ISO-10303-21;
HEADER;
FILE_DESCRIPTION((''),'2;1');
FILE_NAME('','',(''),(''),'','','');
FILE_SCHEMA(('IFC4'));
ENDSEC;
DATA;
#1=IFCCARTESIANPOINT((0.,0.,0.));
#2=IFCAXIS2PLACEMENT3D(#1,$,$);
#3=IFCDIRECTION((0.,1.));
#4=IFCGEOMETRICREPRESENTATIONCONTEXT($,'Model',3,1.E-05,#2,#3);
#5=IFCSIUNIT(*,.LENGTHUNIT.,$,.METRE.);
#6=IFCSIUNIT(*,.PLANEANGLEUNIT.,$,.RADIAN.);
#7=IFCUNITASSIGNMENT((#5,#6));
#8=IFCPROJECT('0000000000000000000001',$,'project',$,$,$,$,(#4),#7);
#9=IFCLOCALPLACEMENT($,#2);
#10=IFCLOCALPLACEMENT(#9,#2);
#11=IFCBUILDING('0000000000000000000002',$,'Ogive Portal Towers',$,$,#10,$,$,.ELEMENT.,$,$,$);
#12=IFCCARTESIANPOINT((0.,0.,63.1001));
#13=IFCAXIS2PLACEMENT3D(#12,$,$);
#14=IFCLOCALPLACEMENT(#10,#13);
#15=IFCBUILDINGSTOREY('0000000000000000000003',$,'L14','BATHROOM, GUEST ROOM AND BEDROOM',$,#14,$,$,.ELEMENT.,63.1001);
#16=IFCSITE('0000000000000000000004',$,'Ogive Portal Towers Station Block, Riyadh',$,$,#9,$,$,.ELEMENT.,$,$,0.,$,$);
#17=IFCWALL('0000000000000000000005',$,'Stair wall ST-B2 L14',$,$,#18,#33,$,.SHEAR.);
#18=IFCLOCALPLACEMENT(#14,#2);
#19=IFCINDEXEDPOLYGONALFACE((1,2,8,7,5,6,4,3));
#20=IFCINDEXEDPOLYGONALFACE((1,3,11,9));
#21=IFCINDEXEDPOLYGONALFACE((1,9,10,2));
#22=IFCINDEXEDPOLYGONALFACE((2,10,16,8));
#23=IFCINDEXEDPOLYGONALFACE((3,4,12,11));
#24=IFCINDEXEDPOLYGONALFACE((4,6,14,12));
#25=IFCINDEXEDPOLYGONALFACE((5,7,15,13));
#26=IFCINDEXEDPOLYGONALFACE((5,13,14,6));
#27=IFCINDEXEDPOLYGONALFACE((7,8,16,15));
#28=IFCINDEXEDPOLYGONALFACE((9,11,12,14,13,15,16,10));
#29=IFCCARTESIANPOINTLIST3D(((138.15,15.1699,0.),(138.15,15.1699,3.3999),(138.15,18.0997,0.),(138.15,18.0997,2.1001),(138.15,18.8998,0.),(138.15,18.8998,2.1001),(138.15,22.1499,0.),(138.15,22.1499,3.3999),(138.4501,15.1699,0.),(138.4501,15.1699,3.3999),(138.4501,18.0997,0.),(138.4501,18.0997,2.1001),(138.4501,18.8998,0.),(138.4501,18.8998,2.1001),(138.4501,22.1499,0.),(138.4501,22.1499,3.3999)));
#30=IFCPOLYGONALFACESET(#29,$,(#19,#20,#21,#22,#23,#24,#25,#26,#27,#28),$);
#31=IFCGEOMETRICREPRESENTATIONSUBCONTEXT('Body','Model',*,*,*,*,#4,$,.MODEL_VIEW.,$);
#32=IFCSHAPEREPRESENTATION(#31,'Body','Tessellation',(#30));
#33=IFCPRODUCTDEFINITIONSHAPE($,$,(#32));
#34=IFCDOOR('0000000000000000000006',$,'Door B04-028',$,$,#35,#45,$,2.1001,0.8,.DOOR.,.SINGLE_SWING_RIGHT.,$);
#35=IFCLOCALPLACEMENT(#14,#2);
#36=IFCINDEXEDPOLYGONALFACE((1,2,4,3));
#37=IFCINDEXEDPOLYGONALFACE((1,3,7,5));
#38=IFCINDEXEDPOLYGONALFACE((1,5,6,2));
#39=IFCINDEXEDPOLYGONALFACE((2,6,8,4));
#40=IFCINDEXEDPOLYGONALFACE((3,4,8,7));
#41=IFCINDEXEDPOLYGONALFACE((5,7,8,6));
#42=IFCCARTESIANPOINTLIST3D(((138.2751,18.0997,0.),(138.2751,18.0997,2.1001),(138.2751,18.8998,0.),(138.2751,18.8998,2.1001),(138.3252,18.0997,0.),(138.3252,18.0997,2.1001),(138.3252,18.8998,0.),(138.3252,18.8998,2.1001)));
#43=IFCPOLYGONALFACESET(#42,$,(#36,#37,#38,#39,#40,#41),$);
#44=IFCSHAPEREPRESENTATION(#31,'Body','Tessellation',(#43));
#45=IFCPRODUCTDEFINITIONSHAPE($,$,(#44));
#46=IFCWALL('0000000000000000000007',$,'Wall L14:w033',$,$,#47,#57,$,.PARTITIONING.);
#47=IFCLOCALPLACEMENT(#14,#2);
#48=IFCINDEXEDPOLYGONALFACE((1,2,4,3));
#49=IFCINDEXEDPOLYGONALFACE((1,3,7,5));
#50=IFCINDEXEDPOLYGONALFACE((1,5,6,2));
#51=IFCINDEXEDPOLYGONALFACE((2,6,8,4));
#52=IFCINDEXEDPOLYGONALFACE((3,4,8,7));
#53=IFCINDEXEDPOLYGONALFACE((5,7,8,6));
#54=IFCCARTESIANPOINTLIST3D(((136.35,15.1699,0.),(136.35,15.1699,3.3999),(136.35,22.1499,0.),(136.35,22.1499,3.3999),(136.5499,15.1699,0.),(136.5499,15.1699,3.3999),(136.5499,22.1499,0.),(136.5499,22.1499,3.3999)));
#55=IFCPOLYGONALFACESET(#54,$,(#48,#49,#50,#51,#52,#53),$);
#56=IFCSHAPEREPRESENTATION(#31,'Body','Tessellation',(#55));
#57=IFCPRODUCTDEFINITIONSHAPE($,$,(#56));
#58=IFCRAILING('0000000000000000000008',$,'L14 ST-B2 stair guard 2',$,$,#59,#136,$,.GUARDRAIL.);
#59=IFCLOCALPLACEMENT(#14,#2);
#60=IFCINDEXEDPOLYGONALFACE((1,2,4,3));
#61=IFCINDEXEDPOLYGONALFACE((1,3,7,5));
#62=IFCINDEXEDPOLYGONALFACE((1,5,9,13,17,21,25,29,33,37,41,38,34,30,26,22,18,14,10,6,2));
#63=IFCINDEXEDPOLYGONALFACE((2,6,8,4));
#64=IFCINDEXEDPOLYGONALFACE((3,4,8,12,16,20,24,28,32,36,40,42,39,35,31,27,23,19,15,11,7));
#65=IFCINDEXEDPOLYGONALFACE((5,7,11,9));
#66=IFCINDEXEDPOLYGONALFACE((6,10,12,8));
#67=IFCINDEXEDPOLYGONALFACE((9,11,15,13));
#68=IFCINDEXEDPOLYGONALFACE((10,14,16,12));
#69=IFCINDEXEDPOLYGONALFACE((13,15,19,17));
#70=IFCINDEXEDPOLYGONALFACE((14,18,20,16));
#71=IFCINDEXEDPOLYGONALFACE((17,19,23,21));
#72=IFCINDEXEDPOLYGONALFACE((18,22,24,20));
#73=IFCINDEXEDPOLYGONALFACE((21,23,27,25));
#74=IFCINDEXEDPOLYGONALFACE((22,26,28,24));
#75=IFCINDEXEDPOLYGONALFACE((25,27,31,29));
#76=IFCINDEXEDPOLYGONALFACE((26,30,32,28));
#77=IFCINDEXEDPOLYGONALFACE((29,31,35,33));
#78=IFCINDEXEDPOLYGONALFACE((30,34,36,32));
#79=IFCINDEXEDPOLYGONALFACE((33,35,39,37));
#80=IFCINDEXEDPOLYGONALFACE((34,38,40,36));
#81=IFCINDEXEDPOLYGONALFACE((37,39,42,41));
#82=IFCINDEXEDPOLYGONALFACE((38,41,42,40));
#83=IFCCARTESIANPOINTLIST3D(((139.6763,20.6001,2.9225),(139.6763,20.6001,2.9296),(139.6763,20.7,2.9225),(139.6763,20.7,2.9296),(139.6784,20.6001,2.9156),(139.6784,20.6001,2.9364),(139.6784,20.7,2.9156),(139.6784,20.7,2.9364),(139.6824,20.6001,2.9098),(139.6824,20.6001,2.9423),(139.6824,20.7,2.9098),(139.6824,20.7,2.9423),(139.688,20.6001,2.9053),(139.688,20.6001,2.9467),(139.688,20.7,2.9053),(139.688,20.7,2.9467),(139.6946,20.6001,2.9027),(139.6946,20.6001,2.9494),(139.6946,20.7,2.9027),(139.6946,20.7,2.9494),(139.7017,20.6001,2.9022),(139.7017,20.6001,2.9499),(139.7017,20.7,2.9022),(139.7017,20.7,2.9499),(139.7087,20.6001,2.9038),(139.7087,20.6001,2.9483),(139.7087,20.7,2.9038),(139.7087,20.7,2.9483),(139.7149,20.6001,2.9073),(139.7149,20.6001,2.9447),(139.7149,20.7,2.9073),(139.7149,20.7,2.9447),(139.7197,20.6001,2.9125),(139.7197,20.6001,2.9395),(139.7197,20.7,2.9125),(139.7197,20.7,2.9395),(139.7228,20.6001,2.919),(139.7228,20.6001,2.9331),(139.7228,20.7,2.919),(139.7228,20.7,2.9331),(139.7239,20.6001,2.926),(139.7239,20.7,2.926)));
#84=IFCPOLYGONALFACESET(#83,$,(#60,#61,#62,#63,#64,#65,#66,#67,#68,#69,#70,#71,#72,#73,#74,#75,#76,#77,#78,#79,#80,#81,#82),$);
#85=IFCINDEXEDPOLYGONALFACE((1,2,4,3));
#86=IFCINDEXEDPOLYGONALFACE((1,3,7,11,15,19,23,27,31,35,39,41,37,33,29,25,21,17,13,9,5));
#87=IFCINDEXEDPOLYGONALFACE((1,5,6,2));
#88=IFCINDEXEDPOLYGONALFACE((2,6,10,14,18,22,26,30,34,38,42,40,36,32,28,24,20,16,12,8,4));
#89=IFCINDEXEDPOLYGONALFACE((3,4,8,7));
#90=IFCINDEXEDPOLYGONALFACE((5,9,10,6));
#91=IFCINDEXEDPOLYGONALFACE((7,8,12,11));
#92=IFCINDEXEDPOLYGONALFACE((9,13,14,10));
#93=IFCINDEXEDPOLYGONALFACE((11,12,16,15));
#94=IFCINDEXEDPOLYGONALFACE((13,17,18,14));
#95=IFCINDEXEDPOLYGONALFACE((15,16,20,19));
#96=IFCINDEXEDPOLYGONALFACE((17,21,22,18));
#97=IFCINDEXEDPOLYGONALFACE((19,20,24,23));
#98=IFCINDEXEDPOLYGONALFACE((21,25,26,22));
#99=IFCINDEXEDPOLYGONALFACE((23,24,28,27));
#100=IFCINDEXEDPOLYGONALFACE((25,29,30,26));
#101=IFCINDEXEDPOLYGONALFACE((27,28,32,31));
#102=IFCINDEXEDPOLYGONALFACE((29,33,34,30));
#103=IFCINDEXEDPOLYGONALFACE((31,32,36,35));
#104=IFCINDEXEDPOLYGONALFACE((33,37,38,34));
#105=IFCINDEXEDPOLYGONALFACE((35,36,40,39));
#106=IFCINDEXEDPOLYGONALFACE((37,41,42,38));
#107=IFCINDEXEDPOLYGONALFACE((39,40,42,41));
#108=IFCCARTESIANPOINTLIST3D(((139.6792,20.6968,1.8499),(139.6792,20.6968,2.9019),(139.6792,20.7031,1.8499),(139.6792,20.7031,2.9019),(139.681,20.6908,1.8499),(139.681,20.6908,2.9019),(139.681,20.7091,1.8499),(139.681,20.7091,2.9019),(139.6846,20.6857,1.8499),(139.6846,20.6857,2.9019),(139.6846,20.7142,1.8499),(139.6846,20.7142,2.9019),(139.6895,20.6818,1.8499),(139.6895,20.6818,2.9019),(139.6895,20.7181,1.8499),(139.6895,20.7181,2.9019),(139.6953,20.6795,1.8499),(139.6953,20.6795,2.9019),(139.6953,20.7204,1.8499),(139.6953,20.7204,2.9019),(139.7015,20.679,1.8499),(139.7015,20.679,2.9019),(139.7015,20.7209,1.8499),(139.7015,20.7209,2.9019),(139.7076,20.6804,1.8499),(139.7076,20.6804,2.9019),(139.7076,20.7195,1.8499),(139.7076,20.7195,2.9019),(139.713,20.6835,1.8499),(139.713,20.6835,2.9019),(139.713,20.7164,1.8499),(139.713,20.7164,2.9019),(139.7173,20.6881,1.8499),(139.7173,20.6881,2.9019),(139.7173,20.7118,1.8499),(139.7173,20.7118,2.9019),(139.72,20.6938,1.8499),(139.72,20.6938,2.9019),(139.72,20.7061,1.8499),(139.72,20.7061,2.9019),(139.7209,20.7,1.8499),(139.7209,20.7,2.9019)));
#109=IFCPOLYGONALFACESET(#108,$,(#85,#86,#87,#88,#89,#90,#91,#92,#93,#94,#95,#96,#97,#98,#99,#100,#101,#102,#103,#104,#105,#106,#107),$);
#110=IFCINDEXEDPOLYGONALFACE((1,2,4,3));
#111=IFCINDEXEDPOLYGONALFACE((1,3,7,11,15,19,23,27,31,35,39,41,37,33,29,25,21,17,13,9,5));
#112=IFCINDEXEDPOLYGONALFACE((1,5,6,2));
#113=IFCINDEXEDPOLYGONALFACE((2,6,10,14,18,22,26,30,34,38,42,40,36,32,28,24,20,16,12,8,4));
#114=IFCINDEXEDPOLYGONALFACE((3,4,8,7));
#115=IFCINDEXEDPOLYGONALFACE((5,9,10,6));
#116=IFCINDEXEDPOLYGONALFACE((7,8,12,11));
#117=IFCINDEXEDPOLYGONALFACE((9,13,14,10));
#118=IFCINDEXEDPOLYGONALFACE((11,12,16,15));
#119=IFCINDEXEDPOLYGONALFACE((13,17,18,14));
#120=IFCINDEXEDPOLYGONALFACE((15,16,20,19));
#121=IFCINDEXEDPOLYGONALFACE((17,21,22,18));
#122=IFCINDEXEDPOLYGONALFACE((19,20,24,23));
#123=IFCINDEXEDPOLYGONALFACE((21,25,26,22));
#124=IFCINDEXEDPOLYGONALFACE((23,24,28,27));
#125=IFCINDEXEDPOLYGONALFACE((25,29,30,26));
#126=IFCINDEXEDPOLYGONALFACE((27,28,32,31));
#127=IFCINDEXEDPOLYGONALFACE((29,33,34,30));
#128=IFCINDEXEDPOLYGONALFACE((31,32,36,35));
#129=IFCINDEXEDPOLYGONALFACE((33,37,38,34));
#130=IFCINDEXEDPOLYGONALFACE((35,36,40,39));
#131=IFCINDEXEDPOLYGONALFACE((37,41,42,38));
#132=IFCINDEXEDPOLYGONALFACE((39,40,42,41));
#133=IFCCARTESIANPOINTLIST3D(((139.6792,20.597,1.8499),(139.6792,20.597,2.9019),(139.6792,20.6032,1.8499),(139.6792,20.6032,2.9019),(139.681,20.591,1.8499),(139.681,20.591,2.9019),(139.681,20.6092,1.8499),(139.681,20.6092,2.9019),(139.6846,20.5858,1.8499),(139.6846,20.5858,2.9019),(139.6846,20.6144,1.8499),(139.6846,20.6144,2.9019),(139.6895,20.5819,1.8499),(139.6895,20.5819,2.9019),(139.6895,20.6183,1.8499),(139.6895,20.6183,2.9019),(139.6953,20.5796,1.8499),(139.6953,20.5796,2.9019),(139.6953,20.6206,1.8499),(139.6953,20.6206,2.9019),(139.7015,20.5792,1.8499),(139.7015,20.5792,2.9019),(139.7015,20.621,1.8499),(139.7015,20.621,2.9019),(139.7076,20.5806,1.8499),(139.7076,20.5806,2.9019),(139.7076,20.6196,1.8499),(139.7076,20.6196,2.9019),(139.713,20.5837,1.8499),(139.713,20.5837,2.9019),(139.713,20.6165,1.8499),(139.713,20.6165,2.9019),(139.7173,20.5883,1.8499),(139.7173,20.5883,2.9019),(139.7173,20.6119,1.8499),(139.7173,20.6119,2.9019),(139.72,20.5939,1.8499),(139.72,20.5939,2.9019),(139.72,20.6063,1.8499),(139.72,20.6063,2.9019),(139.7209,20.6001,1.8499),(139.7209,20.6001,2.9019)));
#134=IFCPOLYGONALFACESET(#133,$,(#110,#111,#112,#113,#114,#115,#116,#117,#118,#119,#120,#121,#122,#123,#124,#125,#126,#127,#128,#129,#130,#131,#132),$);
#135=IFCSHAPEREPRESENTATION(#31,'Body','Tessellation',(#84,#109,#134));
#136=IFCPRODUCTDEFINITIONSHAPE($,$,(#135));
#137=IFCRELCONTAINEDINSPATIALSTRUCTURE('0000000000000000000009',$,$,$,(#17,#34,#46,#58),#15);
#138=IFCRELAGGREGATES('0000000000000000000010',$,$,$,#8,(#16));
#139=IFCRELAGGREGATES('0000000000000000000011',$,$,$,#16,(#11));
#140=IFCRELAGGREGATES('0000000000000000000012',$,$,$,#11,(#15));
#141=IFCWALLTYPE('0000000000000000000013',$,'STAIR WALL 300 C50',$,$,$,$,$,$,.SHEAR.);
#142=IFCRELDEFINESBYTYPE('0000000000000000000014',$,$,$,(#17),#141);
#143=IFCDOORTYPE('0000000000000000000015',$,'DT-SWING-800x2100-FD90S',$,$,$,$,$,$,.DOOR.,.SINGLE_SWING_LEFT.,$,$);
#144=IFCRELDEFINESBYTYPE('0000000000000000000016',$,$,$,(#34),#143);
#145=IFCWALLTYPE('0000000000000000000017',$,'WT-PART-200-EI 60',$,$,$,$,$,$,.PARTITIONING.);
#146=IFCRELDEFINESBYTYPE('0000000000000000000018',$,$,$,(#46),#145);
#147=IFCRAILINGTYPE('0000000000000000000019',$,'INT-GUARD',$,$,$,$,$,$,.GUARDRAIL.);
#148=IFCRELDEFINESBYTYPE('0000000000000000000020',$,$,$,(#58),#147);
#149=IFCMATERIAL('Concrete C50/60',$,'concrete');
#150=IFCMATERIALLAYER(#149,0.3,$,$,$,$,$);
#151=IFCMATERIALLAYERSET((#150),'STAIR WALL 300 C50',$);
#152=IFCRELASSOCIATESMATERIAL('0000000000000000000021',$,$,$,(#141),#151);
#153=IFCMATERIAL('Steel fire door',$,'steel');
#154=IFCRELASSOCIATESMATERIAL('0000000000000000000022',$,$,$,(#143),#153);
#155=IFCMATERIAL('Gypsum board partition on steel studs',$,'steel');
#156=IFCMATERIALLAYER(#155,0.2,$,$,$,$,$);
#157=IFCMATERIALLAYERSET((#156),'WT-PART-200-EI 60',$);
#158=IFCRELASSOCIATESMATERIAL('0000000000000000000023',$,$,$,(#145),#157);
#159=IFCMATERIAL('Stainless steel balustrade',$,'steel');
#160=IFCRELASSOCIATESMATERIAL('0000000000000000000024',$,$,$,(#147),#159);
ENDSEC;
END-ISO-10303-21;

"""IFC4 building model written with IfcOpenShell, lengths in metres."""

from ifc_helpers import new_model, si_unit, direction, frame, frame_2d, origin, origin_2d, place, context, subcontext, project, spatial, rectangle, circle, extrude, material, layer, layer_set, type_object, element, fill, save


model = new_model("IFC4")

# Units and contexts
model_context = context("Model", 3, precision=1e-05, world=origin(), true_north=direction((0.0, 1.0)))
body_context = subcontext(model_context, "Body", "Model", "MODEL_VIEW")
ifc_project = project(units=[si_unit("LENGTHUNIT", "METRE"), si_unit("PLANEANGLEUNIT", "RADIAN")], contexts=[model_context])

# Site, building, storey
site_placement = place(None, origin())
site = spatial("IfcSite", under=ifc_project, at=site_placement, Name="Ogive Portal Towers Station Block, Riyadh", CompositionType="ELEMENT", RefElevation=0.0)
building_placement = place(site_placement, origin())
building = spatial("IfcBuilding", under=site, at=building_placement, Name="Ogive Portal Towers", CompositionType="ELEMENT")
storey_placement = place(building_placement, frame((0.0, 0.0, 63.1001)))
storey = spatial("IfcBuildingStorey", under=building, at=storey_placement, Name="L14", Description="BATHROOM, GUEST ROOM AND BEDROOM", CompositionType="ELEMENT", Elevation=63.1001)

# Shared definitions
ifc_material_1 = material(Name="Concrete C50/60", Category="concrete")

# Shared definitions
ifc_material_2 = material(Name="Steel fire door", Category="steel")

# Shared definitions
ifc_layer_1 = layer(ifc_material_1, 0.3)
ifc_layer_set_1 = layer_set([ifc_layer_1], Name="STAIR WALL 300 C50")
wall_type_1 = type_object("IfcWallType", Name="STAIR WALL 300 C50", PredefinedType="SHEAR", material=ifc_layer_set_1)

# Wall, opening, door
wall_1_placement = place(storey_placement, frame((138.3, 15.1699, 0.0), z_axis=(0.0, 0.0, 1.0), x_axis=(0.0, 1.0, 0.0)))
wall_1 = element("IfcWall", 1, at=wall_1_placement, inside=storey, type_object=wall_type_1, Name="Stair wall ST-B2 L14", PredefinedType="SHEAR", context=body_context, shape_type="SweptSolid", body=[
    extrude(rectangle(XDim=6.98, YDim=0.3, at=frame_2d((3.49, 0.0))), origin(), (0.0, 0.0, 1.0), 3.3999),
])
opening_1_placement = place(wall_1_placement, frame((2.9299, 0.0, 0.0)))
opening_1 = element("IfcOpeningElement", 2, at=opening_1_placement, cuts=wall_1, PredefinedType="OPENING", context=body_context, shape_type="SweptSolid", body=[
    extrude(rectangle(XDim=0.8, YDim=2.1001, at=frame_2d((0.3999, 1.05))), frame((0.0, 0.1602, 0.0), z_axis=(0.0, -1.0, 0.0), x_axis=(1.0, 0.0, 0.0)), (0.0, 0.0, 1.0), 0.3201),
])
door_type_1 = type_object("IfcDoorType", Name="DT-SWING-800x2100-FD90S", OperationType="SINGLE_SWING_LEFT", PredefinedType="DOOR", material=ifc_material_2)
door_1_placement = place(opening_1_placement, origin())
door_1 = element("IfcDoor", 3, at=door_1_placement, inside=storey, type_object=door_type_1, Name="Door B04-028", OperationType="SINGLE_SWING_RIGHT", OverallHeight=2.1001, OverallWidth=0.8, PredefinedType="DOOR", context=body_context, shape_type="SweptSolid", body=[
    extrude(rectangle(XDim=0.8, YDim=2.1001, at=frame_2d((0.3999, 1.05))), frame((0.0, 0.0249, 0.0), z_axis=(0.0, -1.0, 0.0), x_axis=(1.0, 0.0, 0.0)), (0.0, 0.0, 1.0), 0.05),
])
fill(opening_1, door_1)

# Wall
ifc_material_3 = material(Name="Gypsum board partition on steel studs", Category="steel")
ifc_layer_2 = layer(ifc_material_3, 0.2)
ifc_layer_set_2 = layer_set([ifc_layer_2], Name="WT-PART-200-EI 60")
wall_type_2 = type_object("IfcWallType", Name="WT-PART-200-EI 60", PredefinedType="PARTITIONING", material=ifc_layer_set_2)
wall_2_placement = place(storey_placement, frame((136.45, 15.1699, 0.0), z_axis=(0.0, 0.0, 1.0), x_axis=(0.0, 1.0, 0.0)))
element("IfcWall", 4, at=wall_2_placement, inside=storey, type_object=wall_type_2, Name="Wall L14:w033", PredefinedType="PARTITIONING", context=body_context, shape_type="SweptSolid", body=[
    extrude(rectangle(XDim=6.98, YDim=0.2, at=frame_2d((3.49, 0.0))), origin(), (0.0, 0.0, 1.0), 3.3999),
])

# Railing
ifc_material_4 = material(Name="Stainless steel balustrade", Category="steel")
railing_type_1 = type_object("IfcRailingType", Name="INT-GUARD", PredefinedType="GUARDRAIL", material=ifc_material_4)
railing_1_placement = place(storey_placement, frame((139.7, 20.7, 1.8499)))
element("IfcRailing", 5, at=railing_1_placement, inside=storey, type_object=railing_type_1, Name="L14 ST-B2 stair guard 2", PredefinedType="GUARDRAIL", context=body_context, shape_type="SweptSolid", body=[
    extrude(circle(Radius=0.0239, at=origin_2d()), frame((0.0, 0.0, 1.0762), z_axis=(0.0, -1.0, 0.0), x_axis=(1.0, 0.0, 0.0)), (0.0, 0.0, 1.0), 0.0999),
    extrude(circle(Radius=0.021, at=origin_2d()), origin(), (0.0, 0.0, 1.0), 1.052),
    extrude(circle(Radius=0.021, at=origin_2d()), frame((0.0, -0.0999, 0.0)), (0.0, 0.0, 1.0), 1.052),
])

save(model, "model.ifc")
